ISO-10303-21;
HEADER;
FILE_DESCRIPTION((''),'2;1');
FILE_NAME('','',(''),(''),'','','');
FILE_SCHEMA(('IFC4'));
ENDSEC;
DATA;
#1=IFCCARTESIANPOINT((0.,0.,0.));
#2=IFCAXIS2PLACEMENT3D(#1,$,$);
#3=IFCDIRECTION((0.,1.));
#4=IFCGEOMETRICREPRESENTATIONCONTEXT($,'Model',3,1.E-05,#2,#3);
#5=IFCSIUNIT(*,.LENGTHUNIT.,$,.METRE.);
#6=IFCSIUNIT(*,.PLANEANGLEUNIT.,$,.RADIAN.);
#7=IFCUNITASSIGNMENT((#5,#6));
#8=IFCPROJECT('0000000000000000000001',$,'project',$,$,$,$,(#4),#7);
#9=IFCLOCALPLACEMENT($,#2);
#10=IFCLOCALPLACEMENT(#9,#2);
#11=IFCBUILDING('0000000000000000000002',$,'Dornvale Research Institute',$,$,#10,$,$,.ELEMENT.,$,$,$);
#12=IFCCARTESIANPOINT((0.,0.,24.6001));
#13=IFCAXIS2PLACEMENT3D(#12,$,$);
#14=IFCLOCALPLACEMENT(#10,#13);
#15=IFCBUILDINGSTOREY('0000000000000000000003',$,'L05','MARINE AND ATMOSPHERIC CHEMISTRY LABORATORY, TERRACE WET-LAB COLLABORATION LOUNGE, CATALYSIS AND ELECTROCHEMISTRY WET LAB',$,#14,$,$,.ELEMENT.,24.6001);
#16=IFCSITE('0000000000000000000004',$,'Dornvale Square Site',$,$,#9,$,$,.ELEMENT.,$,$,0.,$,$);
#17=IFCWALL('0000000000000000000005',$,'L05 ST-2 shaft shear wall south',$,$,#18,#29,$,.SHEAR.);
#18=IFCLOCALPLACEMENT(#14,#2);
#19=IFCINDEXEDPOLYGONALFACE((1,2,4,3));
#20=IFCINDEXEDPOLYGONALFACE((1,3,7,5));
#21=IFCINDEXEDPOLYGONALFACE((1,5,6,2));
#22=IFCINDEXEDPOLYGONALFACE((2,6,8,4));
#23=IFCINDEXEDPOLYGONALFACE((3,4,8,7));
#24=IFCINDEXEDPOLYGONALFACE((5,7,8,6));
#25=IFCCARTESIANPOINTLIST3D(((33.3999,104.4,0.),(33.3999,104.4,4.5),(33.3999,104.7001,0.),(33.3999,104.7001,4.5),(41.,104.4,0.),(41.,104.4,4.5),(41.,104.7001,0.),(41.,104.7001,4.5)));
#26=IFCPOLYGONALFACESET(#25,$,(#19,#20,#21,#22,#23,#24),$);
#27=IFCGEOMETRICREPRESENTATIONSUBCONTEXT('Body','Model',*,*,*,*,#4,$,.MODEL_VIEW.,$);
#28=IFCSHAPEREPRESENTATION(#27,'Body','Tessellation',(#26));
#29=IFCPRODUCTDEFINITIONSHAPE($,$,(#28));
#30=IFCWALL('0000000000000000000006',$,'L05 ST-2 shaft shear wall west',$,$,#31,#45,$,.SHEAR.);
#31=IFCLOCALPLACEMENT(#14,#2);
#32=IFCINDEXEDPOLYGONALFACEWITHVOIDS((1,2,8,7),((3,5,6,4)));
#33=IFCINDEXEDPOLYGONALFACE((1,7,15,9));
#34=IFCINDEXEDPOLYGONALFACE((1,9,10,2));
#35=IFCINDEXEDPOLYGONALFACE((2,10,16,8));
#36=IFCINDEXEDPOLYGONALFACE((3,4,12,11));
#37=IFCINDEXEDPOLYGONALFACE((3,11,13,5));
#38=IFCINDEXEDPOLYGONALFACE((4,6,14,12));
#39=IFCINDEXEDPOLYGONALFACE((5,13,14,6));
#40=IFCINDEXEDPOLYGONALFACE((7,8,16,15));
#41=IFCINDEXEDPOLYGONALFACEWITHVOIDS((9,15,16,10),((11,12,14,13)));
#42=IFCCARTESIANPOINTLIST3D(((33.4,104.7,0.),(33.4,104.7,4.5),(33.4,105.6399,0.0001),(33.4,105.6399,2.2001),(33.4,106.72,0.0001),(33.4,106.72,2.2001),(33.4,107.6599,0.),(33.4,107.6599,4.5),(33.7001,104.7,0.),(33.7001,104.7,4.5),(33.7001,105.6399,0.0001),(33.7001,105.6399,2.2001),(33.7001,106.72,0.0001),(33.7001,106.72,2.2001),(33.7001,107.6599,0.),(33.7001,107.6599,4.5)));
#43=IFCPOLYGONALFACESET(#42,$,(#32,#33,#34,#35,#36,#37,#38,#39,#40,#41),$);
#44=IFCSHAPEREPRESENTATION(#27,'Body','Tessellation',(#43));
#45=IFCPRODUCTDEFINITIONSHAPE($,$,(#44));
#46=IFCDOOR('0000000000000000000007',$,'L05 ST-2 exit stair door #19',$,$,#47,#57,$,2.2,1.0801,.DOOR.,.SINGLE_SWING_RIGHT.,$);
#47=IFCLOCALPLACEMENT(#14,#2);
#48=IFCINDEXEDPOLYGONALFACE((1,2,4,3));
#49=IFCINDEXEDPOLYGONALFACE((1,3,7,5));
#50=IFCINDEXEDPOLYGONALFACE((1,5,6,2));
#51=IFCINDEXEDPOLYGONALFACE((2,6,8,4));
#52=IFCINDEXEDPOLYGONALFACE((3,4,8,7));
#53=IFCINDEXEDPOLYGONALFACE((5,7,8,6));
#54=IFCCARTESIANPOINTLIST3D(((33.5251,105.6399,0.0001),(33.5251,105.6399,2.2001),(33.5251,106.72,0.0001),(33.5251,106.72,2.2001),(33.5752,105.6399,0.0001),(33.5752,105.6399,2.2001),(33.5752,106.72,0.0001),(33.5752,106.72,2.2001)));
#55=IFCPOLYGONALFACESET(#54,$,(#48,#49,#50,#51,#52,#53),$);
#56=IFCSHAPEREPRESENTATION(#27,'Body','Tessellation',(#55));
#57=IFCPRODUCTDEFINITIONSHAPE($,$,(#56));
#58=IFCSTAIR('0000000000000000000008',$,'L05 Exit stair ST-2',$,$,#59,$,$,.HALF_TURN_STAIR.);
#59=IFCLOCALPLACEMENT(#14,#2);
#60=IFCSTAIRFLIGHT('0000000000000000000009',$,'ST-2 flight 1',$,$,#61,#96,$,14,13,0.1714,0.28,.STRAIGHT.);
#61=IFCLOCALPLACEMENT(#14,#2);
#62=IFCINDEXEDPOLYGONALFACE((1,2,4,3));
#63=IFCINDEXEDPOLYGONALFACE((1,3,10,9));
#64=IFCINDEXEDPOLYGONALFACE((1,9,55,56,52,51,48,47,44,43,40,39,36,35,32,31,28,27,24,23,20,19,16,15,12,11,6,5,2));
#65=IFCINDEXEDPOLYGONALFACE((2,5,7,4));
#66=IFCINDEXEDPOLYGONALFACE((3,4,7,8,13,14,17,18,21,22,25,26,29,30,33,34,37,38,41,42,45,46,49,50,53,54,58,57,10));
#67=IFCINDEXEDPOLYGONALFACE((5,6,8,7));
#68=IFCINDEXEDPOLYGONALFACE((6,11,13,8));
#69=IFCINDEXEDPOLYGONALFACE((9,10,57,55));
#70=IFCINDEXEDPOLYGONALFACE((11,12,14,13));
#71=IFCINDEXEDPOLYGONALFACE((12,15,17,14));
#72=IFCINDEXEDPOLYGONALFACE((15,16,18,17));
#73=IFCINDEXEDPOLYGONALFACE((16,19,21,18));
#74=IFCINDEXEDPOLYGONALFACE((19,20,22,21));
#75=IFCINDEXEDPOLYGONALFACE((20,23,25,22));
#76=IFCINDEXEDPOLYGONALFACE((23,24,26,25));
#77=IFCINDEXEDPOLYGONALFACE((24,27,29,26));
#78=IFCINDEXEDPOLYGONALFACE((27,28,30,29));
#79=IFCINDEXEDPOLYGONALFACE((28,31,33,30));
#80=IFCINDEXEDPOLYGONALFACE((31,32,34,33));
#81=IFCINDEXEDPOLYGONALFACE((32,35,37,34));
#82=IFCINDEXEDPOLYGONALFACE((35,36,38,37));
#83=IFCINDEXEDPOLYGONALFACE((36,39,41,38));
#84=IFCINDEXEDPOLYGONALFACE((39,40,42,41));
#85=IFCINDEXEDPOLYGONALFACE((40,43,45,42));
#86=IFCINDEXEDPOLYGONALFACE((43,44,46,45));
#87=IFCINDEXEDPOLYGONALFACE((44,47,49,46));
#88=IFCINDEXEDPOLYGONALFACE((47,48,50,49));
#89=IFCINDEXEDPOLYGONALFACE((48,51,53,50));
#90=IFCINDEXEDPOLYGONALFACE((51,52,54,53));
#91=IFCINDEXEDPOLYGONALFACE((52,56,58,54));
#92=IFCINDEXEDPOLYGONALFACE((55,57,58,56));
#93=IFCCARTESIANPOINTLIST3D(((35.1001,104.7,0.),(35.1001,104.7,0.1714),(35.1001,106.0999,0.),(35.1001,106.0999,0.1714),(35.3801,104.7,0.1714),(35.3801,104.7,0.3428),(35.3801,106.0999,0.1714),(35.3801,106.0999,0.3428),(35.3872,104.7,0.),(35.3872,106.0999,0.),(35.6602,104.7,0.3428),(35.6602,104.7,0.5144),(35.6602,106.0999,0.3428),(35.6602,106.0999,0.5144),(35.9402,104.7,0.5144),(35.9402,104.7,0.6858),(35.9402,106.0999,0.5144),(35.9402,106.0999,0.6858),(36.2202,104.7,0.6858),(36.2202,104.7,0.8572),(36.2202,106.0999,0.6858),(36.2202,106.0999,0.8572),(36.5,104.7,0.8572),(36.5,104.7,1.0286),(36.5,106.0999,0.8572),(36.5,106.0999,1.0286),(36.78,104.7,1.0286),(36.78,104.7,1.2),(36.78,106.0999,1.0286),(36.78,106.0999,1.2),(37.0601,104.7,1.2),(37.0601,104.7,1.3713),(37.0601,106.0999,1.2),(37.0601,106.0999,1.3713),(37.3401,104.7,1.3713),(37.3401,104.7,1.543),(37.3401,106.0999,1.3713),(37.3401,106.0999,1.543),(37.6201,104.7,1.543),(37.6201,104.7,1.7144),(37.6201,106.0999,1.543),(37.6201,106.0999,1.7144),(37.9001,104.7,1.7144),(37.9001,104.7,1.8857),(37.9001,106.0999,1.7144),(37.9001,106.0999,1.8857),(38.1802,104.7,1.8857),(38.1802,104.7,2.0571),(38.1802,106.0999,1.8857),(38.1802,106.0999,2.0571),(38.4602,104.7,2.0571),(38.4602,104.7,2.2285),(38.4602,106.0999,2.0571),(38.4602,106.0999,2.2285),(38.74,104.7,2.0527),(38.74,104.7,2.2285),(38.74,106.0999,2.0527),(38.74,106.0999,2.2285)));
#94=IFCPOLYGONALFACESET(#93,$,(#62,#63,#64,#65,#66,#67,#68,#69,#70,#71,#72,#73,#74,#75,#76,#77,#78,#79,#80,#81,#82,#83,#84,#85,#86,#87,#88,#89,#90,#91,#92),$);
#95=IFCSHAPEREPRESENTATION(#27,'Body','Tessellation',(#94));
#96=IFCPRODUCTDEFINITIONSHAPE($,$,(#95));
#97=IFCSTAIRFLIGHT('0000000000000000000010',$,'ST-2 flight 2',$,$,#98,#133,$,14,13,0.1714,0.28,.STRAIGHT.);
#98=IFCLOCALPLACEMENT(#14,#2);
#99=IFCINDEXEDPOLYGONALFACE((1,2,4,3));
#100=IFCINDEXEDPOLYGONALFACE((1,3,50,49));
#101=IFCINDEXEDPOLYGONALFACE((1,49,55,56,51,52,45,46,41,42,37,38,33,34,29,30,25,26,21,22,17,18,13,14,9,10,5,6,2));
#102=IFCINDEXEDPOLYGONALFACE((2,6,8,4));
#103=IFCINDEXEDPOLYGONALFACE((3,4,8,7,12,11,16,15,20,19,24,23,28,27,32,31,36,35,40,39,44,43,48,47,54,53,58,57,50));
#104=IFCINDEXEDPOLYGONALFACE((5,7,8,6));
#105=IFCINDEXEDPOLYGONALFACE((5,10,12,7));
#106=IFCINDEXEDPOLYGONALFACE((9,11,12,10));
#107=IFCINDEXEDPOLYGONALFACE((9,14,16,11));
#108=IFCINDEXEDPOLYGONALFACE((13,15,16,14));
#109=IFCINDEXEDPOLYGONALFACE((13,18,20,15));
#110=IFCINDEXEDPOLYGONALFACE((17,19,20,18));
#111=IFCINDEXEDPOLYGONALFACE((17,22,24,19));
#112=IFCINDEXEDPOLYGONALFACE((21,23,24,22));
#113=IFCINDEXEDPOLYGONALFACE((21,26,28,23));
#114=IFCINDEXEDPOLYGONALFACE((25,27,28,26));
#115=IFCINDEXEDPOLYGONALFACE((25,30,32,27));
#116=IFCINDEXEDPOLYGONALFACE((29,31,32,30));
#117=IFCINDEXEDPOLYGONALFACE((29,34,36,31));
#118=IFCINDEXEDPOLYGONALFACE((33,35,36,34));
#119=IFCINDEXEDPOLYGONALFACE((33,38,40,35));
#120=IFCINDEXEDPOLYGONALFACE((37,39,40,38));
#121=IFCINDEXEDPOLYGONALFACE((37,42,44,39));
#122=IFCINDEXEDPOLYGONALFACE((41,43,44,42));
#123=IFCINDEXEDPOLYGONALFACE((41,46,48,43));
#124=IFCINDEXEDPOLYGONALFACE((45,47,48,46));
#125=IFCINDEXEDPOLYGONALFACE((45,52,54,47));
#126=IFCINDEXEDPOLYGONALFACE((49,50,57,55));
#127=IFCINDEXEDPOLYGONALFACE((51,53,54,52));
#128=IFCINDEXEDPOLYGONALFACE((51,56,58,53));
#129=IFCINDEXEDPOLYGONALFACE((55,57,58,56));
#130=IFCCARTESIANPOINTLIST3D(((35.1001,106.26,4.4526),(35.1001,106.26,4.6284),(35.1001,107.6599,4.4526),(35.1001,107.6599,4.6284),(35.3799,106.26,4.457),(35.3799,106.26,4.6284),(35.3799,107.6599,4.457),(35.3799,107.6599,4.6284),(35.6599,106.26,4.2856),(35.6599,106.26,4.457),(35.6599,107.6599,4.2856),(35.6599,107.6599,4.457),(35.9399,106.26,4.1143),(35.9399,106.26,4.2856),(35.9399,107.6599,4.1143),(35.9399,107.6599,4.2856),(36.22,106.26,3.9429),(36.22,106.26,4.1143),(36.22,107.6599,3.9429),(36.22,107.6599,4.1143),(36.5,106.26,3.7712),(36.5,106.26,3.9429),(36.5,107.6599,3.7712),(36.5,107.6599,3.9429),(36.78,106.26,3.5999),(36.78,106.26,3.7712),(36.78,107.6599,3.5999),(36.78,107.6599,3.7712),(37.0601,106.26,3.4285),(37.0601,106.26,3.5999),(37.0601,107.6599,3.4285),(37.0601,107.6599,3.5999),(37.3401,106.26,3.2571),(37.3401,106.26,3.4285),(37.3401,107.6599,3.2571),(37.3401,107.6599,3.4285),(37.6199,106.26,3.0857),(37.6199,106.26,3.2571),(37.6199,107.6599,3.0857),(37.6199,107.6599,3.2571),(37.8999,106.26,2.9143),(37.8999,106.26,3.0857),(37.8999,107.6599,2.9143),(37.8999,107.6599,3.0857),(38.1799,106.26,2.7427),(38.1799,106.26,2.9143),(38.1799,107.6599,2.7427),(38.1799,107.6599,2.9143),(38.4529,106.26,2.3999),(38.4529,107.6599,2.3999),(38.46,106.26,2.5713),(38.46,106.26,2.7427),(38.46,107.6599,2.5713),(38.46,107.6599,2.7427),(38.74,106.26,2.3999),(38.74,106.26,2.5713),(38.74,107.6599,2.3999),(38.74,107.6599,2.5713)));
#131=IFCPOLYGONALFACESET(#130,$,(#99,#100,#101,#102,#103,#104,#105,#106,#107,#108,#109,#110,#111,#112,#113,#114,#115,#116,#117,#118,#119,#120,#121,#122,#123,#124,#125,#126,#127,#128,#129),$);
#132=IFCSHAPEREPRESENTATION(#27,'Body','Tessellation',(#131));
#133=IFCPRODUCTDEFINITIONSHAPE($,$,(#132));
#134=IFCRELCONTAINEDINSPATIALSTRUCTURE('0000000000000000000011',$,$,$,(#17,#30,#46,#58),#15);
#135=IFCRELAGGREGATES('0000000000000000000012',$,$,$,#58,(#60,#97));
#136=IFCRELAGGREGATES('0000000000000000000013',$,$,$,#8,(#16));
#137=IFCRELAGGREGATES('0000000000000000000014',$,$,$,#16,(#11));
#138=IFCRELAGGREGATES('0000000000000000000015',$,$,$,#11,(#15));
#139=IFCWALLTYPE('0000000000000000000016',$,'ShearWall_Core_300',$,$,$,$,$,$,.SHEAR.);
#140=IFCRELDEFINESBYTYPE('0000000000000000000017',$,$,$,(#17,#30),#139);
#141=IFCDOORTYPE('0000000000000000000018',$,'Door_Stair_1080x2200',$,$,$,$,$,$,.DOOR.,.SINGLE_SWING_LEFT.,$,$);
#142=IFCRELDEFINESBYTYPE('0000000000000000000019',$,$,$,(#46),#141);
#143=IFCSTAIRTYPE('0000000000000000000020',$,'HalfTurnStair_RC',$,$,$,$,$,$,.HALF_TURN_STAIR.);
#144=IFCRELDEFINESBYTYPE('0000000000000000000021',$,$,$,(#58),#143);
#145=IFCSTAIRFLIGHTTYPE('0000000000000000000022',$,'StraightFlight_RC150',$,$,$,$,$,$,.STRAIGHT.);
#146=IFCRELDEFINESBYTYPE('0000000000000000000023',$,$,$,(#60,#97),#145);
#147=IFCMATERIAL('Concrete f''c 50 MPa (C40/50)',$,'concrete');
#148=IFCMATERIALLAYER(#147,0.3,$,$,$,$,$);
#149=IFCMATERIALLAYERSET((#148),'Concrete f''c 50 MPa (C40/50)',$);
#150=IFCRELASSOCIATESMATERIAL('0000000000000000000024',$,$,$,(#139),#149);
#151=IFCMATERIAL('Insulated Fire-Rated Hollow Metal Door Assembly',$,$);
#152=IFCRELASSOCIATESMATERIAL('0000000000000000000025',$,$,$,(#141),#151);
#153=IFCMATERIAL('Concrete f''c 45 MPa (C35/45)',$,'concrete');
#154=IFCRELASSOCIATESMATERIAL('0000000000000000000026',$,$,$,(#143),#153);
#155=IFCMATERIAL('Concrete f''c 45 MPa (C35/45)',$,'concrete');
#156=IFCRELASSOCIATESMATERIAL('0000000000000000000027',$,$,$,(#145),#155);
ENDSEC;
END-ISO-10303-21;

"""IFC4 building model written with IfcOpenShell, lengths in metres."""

from ifc_helpers import new_model, si_unit, direction, frame, frame_2d, origin, place, context, subcontext, project, spatial, polyline, rectangle, outline, extrude, material, layer, layer_set, type_object, element, fill, aggregate, save


model = new_model("IFC4")

# Units and contexts
model_context = context("Model", 3, precision=1e-05, world=origin(), true_north=direction((0.0, 1.0)))
body_context = subcontext(model_context, "Body", "Model", "MODEL_VIEW")
ifc_project = project(units=[si_unit("LENGTHUNIT", "METRE"), si_unit("PLANEANGLEUNIT", "RADIAN")], contexts=[model_context])

# Site, building, storey
site_placement = place(None, origin())
site = spatial("IfcSite", under=ifc_project, at=site_placement, Name="Dornvale Square Site", CompositionType="ELEMENT", RefElevation=0.0)
building_placement = place(site_placement, origin())
building = spatial("IfcBuilding", under=site, at=building_placement, Name="Dornvale Research Institute", CompositionType="ELEMENT")
storey_placement = place(building_placement, frame((0.0, 0.0, 24.6001)))
storey = spatial("IfcBuildingStorey", under=building, at=storey_placement, Name="L05", Description="MARINE AND ATMOSPHERIC CHEMISTRY LABORATORY, TERRACE WET-LAB COLLABORATION LOUNGE, CATALYSIS AND ELECTROCHEMISTRY WET LAB", CompositionType="ELEMENT", Elevation=24.6001)

# Wall
ifc_material_1 = material(Name="Concrete f'c 50 MPa (C40/50)", Category="concrete")
ifc_layer_1 = layer(ifc_material_1, 0.3)
ifc_layer_set_1 = layer_set([ifc_layer_1], Name="Concrete f'c 50 MPa (C40/50)")
wall_type = type_object("IfcWallType", Name="ShearWall_Core_300", PredefinedType="SHEAR", material=ifc_layer_set_1)
wall_1_placement = place(storey_placement, frame((33.3999, 104.55, 0.0), z_axis=(0.0, 0.0, 1.0), x_axis=(1.0, 0.0, 0.0)))
element("IfcWall", 1, at=wall_1_placement, inside=storey, type_object=wall_type, Name="L05 ST-2 shaft shear wall south", PredefinedType="SHEAR", context=body_context, shape_type="SweptSolid", body=[
    extrude(rectangle(XDim=7.6001, YDim=0.3, at=frame_2d((3.8, 0.0))), origin(), (0.0, 0.0, 1.0), 4.5),
])

# Wall, opening, door
wall_2_placement = place(storey_placement, frame((33.55, 104.7, 0.0), z_axis=(0.0, 0.0, 1.0), x_axis=(0.0, 1.0, 0.0)))
wall_2 = element("IfcWall", 2, at=wall_2_placement, inside=storey, type_object=wall_type, Name="L05 ST-2 shaft shear wall west", PredefinedType="SHEAR", context=body_context, shape_type="SweptSolid", body=[
    extrude(rectangle(XDim=2.96, YDim=0.3, at=frame_2d((1.48, 0.0))), origin(), (0.0, 0.0, 1.0), 4.5),
])
opening_placement = place(wall_2_placement, frame((0.9399, 0.0, 0.0)))
opening = element("IfcOpeningElement", 3, at=opening_placement, cuts=wall_2, PredefinedType="OPENING", context=body_context, shape_type="SweptSolid", body=[
    extrude(rectangle(XDim=1.0801, YDim=2.2, at=frame_2d((0.54, 1.1001))), frame((0.0, 0.165, 0.0), z_axis=(0.0, -1.0, 0.0), x_axis=(1.0, 0.0, 0.0)), (0.0, 0.0, 1.0), 0.3301),
])
ifc_material_2 = material(Name="Insulated Fire-Rated Hollow Metal Door Assembly")
door_type = type_object("IfcDoorType", Name="Door_Stair_1080x2200", OperationType="SINGLE_SWING_LEFT", PredefinedType="DOOR", material=ifc_material_2)
door_placement = place(opening_placement, origin())
door = element("IfcDoor", 4, at=door_placement, inside=storey, type_object=door_type, Name="L05 ST-2 exit stair door #19", OperationType="SINGLE_SWING_RIGHT", OverallHeight=2.2, OverallWidth=1.0801, PredefinedType="DOOR", context=body_context, shape_type="SweptSolid", body=[
    extrude(rectangle(XDim=1.0801, YDim=2.2, at=frame_2d((0.54, 1.1001))), frame((0.0, 0.0249, 0.0), z_axis=(0.0, -1.0, 0.0), x_axis=(1.0, 0.0, 0.0)), (0.0, 0.0, 1.0), 0.05),
])
fill(opening, door)

# Stair, stair flights
ifc_material_3 = material(Name="Concrete f'c 45 MPa (C35/45)", Category="concrete")
stair_type = type_object("IfcStairType", Name="HalfTurnStair_RC", PredefinedType="HALF_TURN_STAIR", material=ifc_material_3)
stair_placement = place(storey_placement, origin())
stair = element("IfcStair", 5, at=stair_placement, inside=storey, type_object=stair_type, Name="L05 Exit stair ST-2", PredefinedType="HALF_TURN_STAIR")
ifc_material_4 = material(Name="Concrete f'c 45 MPa (C35/45)", Category="concrete")
stair_flight_type = type_object("IfcStairFlightType", Name="StraightFlight_RC150", PredefinedType="STRAIGHT", material=ifc_material_4)
stair_flight_1_placement = place(storey_placement, frame((35.1001, 105.3999, 0.0), z_axis=(0.0, 0.0, 1.0), x_axis=(1.0, 0.0, 0.0)))
stair_flight_1 = element("IfcStairFlight", 6, at=stair_flight_1_placement, type_object=stair_flight_type, Name="ST-2 flight 1", NumberOfRisers=14, NumberOfTreads=13, PredefinedType="STRAIGHT", RiserHeight=0.1714, TreadLength=0.28, context=body_context, shape_type="SweptSolid", body=[
    extrude(outline(polyline([(0.0, 0.0), (0.0, 0.1714), (0.28, 0.1714), (0.28, 0.3428), (0.5601, 0.3428), (0.5601, 0.5144), (0.8401, 0.5144), (0.8401, 0.6858), (1.1201, 0.6858), (1.1201, 0.8572), (1.3999, 0.8572), (1.3999, 1.0286), (1.6799, 1.0286), (1.6799, 1.2), (1.96, 1.2), (1.96, 1.3713), (2.24, 1.3713), (2.24, 1.543), (2.52, 1.543), (2.52, 1.7144), (2.8, 1.7144), (2.8, 1.8857), (3.0801, 1.8857), (3.0801, 2.0571), (3.3601, 2.0571), (3.3601, 2.2285), (3.6399, 2.2285), (3.6399, 2.3999), (3.6399, 2.0527), (0.2871, 0.0), (0.0, 0.0)])), frame((0.0, 0.7, 0.0), z_axis=(0.0, -1.0, 0.0), x_axis=(1.0, 0.0, 0.0)), (0.0, 0.0, 1.0), 1.3999),
])
stair_flight_2_placement = place(storey_placement, frame((38.74, 106.96, 2.3999), z_axis=(0.0, 0.0, 1.0), x_axis=(-1.0, 0.0, 0.0)))
stair_flight_2 = element("IfcStairFlight", 7, at=stair_flight_2_placement, type_object=stair_flight_type, Name="ST-2 flight 2", NumberOfRisers=14, NumberOfTreads=13, PredefinedType="STRAIGHT", RiserHeight=0.1714, TreadLength=0.28, context=body_context, shape_type="SweptSolid", body=[
    extrude(outline(polyline([(0.0, 0.0), (0.0, 0.1714), (0.28, 0.1714), (0.28, 0.3428), (0.5601, 0.3428), (0.5601, 0.5144), (0.8401, 0.5144), (0.8401, 0.6858), (1.1201, 0.6858), (1.1201, 0.8572), (1.3999, 0.8572), (1.3999, 1.0286), (1.6799, 1.0286), (1.6799, 1.2), (1.96, 1.2), (1.96, 1.3713), (2.24, 1.3713), (2.24, 1.543), (2.52, 1.543), (2.52, 1.7144), (2.8, 1.7144), (2.8, 1.8857), (3.0801, 1.8857), (3.0801, 2.0571), (3.3601, 2.0571), (3.3601, 2.2285), (3.6399, 2.2285), (3.6399, 2.3999), (3.6399, 2.0527), (0.2871, 0.0), (0.0, 0.0)])), frame((0.0, 0.7, 0.0), z_axis=(0.0, -1.0, 0.0), x_axis=(1.0, 0.0, 0.0)), (0.0, 0.0, 1.0), 1.3999),
])
aggregate(stair, [stair_flight_1, stair_flight_2])

save(model, "model.ifc")
